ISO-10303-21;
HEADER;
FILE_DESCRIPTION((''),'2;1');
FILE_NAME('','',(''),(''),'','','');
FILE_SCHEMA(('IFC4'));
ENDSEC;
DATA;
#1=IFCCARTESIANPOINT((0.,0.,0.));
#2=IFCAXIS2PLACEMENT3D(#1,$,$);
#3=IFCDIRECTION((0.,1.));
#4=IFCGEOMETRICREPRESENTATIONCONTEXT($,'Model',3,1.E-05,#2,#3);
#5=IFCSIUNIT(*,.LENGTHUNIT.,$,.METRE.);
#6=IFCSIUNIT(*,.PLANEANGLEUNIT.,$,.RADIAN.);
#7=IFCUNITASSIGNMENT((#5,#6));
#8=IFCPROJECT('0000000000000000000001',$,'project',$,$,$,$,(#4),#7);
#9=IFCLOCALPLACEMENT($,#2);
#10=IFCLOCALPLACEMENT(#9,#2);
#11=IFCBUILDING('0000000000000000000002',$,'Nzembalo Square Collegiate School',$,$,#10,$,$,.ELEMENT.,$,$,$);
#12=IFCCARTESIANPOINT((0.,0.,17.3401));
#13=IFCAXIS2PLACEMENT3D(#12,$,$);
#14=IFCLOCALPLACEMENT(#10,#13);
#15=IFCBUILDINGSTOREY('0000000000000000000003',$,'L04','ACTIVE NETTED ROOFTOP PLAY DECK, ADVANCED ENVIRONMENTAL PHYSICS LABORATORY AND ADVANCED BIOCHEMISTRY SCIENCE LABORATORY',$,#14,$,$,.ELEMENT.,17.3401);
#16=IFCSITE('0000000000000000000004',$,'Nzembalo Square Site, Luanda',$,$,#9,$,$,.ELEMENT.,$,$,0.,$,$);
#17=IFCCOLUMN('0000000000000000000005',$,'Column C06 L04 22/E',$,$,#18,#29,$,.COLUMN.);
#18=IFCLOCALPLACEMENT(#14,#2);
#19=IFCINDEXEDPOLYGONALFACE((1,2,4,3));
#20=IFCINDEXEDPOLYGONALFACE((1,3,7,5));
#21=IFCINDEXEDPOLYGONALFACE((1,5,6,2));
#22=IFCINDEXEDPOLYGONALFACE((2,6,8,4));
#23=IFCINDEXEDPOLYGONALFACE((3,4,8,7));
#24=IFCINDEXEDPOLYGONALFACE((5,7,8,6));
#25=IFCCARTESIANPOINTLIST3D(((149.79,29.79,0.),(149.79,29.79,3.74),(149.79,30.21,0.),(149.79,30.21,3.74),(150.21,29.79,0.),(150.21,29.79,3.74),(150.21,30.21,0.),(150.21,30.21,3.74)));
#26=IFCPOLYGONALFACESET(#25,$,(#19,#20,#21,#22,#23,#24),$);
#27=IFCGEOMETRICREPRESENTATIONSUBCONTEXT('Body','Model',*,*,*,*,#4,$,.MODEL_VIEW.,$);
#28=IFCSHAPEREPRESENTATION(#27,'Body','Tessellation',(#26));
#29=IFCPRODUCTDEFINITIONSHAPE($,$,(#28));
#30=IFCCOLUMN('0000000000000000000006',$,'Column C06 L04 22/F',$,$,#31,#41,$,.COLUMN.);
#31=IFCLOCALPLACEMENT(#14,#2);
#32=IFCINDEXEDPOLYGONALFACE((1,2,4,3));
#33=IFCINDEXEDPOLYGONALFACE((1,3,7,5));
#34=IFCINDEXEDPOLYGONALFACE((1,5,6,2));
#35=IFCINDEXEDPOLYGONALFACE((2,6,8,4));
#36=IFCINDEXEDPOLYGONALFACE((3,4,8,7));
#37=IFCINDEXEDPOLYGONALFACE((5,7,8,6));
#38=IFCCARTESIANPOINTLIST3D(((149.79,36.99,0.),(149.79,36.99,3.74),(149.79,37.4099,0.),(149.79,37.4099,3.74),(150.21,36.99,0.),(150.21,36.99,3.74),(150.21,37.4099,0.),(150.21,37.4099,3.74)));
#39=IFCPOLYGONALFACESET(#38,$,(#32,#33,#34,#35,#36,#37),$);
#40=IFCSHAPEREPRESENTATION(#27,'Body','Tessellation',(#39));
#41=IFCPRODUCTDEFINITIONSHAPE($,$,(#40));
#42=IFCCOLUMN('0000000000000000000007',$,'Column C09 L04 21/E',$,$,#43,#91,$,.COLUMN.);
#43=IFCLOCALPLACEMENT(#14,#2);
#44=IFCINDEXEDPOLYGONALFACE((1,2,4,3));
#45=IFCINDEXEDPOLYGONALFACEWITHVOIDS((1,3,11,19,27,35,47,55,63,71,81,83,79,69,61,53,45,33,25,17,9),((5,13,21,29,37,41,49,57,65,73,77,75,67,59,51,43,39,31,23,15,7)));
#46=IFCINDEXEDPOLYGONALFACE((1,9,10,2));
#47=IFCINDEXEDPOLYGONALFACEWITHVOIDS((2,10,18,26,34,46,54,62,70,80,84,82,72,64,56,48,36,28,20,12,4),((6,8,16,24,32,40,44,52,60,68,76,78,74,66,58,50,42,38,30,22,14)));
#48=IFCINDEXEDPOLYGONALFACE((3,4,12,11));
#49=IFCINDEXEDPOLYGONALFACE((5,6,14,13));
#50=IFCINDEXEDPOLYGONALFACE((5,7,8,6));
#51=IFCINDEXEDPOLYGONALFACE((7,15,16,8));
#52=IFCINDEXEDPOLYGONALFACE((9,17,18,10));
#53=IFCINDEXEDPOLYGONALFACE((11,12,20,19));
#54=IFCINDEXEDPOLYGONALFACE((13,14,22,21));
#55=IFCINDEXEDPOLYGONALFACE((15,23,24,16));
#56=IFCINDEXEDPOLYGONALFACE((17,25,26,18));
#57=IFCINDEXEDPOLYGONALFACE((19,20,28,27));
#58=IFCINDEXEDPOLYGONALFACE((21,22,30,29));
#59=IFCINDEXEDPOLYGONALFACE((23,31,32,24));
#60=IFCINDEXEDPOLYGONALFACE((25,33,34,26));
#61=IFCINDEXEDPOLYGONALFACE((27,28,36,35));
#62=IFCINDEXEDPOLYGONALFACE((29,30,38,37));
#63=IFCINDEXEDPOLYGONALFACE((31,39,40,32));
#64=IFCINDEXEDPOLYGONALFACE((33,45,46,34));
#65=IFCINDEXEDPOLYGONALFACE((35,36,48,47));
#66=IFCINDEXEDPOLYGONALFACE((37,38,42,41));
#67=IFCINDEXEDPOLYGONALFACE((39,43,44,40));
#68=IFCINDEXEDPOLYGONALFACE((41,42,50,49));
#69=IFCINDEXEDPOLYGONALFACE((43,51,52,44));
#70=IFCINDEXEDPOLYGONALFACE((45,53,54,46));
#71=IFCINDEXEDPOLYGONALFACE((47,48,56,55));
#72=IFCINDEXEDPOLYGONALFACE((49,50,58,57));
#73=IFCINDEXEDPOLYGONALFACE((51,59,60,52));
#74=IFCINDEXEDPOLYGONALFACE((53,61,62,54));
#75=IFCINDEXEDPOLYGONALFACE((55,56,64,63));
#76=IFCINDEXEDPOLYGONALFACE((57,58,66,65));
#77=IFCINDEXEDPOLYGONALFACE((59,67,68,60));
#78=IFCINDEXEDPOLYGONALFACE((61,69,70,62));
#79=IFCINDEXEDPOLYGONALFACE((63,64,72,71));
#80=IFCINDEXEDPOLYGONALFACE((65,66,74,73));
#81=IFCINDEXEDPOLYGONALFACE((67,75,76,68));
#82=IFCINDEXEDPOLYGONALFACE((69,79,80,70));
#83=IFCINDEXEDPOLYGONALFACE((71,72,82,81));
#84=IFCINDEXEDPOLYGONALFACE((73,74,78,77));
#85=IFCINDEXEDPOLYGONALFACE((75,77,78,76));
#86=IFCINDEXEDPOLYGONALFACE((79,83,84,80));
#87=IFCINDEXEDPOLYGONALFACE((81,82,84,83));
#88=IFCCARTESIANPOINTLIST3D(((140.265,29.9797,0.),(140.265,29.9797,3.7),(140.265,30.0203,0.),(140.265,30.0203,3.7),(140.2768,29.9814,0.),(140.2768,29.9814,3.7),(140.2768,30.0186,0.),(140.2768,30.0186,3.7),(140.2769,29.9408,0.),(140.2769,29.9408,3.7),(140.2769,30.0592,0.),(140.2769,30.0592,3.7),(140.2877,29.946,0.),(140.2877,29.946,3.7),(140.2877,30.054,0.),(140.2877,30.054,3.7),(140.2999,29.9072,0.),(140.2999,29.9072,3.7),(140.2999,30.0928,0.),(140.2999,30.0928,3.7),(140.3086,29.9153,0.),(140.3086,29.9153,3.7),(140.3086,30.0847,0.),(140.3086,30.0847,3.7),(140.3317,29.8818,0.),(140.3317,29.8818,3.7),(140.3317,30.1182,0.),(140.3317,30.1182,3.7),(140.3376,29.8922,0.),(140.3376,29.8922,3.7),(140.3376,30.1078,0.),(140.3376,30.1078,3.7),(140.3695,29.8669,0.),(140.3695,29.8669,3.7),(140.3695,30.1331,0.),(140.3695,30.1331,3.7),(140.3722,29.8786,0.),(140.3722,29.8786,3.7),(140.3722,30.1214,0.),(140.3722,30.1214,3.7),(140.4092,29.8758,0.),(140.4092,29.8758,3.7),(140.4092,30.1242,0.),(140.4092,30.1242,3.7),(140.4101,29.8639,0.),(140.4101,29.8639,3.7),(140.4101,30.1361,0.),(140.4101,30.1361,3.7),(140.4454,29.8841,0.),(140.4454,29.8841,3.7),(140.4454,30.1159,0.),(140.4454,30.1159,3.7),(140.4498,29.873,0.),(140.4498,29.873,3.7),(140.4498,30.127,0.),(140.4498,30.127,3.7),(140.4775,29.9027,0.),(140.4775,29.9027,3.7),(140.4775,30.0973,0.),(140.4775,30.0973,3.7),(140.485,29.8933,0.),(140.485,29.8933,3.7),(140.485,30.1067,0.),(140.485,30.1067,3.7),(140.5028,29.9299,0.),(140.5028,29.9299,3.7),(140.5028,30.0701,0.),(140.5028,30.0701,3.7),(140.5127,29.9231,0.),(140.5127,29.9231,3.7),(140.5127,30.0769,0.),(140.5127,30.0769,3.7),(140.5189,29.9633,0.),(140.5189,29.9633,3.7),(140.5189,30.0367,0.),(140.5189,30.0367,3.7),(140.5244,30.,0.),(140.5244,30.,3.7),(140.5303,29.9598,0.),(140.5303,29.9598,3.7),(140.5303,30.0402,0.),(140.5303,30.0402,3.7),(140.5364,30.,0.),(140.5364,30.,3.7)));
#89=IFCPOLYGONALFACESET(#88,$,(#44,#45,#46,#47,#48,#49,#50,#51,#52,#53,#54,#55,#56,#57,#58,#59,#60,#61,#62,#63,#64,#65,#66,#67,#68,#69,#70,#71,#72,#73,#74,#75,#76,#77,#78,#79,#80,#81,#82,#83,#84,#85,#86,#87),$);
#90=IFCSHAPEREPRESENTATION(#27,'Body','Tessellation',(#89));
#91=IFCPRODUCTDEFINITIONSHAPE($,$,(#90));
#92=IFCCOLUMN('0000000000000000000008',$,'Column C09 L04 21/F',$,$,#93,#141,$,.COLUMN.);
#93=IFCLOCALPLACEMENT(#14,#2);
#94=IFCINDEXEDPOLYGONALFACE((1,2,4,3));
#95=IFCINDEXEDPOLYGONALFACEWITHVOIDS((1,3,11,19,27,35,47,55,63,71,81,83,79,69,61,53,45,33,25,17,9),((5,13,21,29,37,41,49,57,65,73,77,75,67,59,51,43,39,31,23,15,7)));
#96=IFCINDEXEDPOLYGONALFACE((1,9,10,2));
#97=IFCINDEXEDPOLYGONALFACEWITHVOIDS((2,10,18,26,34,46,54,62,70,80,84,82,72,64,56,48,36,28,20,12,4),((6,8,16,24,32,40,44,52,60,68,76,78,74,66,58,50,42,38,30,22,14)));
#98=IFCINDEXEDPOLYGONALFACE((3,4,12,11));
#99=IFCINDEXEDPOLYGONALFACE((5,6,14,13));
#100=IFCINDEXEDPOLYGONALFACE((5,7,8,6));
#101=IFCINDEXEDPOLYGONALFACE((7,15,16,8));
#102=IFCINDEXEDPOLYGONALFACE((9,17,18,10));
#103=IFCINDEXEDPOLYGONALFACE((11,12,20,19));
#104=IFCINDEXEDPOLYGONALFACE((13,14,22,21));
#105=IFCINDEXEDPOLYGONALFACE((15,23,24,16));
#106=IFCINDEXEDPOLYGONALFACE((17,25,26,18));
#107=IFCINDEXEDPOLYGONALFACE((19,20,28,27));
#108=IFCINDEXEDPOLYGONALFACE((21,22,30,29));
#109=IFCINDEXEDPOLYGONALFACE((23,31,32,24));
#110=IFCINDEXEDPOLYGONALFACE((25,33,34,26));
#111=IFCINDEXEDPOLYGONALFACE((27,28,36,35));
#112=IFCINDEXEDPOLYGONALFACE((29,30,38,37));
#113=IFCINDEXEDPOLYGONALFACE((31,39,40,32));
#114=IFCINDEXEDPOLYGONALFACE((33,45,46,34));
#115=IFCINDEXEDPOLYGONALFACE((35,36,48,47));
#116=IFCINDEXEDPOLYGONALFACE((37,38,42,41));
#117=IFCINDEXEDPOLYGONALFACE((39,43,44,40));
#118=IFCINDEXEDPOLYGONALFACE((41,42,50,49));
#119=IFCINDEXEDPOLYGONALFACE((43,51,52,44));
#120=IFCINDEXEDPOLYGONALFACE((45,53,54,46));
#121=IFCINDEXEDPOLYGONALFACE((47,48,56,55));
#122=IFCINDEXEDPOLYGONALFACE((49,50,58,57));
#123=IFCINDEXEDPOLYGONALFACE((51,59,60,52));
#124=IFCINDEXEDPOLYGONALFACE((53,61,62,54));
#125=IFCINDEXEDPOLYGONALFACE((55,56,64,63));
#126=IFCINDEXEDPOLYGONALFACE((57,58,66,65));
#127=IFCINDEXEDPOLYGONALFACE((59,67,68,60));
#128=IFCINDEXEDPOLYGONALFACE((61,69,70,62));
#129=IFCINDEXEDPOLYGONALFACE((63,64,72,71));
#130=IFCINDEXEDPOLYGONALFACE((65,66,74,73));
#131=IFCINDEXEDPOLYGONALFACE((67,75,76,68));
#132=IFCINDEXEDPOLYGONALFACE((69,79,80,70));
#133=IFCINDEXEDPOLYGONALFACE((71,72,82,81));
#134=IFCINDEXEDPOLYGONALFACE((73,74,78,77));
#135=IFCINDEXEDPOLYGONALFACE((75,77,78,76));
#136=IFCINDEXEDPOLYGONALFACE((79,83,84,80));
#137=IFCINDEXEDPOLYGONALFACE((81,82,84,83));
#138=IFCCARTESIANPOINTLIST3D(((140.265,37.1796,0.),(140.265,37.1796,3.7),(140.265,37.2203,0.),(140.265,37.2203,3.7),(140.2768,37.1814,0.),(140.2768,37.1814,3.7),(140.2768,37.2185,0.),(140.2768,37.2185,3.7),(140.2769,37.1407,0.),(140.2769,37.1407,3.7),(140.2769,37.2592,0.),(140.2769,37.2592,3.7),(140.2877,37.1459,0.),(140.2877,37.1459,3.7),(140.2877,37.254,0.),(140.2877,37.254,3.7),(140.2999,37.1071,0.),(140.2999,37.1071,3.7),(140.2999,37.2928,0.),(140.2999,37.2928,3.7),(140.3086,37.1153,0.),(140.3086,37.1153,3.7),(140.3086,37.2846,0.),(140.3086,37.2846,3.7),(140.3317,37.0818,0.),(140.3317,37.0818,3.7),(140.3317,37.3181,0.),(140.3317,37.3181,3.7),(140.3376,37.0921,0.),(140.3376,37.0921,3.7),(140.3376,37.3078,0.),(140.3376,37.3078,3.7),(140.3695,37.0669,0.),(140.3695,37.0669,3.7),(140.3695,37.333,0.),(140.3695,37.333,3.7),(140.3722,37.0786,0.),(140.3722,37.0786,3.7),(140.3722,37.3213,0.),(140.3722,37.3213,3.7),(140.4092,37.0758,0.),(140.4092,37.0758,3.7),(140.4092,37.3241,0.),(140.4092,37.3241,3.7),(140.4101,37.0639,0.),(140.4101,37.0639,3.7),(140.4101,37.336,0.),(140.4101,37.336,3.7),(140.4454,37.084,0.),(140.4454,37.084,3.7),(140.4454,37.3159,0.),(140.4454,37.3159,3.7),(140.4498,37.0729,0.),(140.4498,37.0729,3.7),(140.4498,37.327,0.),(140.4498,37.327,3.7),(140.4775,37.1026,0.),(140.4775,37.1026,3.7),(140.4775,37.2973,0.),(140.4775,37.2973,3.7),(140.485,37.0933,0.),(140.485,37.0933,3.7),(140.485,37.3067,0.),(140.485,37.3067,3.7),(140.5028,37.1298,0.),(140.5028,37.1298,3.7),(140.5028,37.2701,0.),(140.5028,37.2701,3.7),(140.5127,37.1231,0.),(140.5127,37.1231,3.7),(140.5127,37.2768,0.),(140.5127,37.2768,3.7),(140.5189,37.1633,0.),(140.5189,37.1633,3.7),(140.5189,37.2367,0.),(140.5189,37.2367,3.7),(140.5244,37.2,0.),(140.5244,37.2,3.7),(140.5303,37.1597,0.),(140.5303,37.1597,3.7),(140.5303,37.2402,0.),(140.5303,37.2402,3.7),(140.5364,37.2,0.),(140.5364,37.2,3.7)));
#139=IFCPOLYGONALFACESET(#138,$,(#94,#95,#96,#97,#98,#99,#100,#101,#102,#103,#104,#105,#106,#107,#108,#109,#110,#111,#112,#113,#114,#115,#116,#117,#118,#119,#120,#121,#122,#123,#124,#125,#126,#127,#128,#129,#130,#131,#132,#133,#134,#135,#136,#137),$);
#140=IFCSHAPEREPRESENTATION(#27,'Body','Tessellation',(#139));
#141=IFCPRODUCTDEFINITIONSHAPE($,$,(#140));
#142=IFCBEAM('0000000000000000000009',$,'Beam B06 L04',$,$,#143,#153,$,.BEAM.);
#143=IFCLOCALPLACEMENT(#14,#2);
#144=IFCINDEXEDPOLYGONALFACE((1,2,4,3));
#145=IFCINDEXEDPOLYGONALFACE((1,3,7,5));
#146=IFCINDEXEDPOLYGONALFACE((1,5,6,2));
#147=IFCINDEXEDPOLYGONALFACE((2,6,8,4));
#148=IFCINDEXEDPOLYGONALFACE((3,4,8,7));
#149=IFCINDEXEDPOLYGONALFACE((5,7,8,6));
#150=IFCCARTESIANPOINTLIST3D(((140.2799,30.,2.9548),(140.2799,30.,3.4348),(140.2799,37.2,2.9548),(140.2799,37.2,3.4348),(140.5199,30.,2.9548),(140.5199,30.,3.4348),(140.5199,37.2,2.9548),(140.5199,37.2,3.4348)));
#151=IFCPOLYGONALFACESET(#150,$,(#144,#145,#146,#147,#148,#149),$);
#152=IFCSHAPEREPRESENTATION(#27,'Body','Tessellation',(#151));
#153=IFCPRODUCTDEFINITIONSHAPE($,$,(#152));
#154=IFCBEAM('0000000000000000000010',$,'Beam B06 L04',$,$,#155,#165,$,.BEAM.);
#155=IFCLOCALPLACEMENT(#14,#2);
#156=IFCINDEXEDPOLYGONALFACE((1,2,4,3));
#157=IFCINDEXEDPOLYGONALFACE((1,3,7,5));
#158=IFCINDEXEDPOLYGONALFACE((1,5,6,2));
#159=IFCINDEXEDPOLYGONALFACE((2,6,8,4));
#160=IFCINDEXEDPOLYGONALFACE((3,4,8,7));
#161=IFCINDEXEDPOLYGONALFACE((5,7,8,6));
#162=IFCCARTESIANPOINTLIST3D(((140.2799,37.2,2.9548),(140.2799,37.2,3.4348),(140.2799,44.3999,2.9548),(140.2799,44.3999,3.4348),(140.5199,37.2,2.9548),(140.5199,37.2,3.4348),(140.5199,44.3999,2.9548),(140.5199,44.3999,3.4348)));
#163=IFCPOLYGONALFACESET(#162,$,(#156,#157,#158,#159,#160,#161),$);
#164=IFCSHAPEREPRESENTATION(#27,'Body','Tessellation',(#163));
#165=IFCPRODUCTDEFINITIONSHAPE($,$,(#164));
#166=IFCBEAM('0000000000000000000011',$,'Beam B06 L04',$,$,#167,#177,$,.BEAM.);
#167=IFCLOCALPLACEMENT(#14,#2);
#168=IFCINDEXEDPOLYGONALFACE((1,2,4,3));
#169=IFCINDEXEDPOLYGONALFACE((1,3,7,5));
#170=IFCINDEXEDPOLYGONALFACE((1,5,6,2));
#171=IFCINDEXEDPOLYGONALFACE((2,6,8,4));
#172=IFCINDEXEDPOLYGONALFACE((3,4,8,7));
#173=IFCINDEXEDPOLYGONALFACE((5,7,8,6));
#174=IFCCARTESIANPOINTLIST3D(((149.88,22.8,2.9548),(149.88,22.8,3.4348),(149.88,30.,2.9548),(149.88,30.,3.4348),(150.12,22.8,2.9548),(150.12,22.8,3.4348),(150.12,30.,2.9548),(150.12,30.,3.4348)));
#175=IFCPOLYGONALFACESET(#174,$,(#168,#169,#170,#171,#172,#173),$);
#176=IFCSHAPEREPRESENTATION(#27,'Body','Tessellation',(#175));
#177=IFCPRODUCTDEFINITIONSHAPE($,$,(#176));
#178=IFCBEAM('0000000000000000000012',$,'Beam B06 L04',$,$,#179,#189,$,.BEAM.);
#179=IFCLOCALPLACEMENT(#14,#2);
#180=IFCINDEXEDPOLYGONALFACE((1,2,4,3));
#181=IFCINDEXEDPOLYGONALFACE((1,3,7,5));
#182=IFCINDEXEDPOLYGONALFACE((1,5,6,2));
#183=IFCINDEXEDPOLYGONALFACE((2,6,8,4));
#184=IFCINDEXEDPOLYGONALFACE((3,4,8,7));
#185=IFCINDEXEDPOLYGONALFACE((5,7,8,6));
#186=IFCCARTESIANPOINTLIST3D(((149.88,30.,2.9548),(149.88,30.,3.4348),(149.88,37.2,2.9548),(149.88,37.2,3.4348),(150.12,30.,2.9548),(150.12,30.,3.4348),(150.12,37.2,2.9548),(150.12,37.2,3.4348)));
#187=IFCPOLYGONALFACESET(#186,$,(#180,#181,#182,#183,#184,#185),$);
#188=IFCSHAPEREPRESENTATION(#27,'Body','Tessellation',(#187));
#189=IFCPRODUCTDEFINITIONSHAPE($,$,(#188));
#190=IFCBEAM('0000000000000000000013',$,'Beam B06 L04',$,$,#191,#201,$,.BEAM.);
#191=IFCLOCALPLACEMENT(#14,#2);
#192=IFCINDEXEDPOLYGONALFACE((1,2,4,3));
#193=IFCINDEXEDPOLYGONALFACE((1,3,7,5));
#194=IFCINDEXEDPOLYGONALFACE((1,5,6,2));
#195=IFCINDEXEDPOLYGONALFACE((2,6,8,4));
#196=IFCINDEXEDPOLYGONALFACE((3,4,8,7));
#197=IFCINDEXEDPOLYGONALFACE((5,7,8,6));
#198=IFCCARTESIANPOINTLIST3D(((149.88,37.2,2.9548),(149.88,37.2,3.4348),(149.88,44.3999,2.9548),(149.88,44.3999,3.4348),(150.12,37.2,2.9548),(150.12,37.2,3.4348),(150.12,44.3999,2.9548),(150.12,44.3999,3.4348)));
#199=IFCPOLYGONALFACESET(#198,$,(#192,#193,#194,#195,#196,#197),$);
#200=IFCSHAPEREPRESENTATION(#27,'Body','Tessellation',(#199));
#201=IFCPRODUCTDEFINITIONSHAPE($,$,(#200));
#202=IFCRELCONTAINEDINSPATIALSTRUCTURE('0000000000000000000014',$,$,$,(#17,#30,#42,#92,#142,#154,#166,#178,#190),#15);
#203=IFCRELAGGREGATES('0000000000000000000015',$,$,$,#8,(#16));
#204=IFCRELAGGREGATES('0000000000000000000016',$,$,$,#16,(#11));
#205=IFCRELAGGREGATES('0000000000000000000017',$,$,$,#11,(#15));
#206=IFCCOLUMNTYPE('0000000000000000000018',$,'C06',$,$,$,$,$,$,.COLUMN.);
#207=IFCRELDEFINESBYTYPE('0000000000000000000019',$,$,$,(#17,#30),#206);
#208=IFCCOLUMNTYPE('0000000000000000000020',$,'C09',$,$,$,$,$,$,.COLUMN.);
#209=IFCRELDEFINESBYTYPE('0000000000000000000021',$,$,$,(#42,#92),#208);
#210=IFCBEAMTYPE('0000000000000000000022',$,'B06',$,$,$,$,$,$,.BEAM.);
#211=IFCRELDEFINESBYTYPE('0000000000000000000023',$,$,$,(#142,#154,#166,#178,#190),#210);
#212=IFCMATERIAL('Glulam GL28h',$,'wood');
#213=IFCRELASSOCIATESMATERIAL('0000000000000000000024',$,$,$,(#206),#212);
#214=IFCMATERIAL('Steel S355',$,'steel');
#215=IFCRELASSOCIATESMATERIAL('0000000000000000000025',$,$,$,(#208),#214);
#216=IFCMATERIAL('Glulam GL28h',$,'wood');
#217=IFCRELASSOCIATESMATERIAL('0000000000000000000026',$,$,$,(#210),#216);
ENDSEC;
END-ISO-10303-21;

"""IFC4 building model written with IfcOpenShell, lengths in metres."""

from ifc_helpers import new_model, si_unit, direction, frame, origin, origin_2d, place, context, subcontext, project, spatial, rectangle, hollow_circle, extrude, material, material_profile, profile_set, type_object, element, save


model = new_model("IFC4")

# Units and contexts
model_context = context("Model", 3, precision=1e-05, world=origin(), true_north=direction((0.0, 1.0)))
body_context = subcontext(model_context, "Body", "Model", "MODEL_VIEW")
ifc_project = project(units=[si_unit("LENGTHUNIT", "METRE"), si_unit("PLANEANGLEUNIT", "RADIAN")], contexts=[model_context])

# Site, building, storey
site_placement = place(None, origin())
site = spatial("IfcSite", under=ifc_project, at=site_placement, Name="Nzembalo Square Site, Luanda", CompositionType="ELEMENT", RefElevation=0.0)
building_placement = place(site_placement, origin())
building = spatial("IfcBuilding", under=site, at=building_placement, Name="Nzembalo Square Collegiate School", CompositionType="ELEMENT")
storey_placement = place(building_placement, frame((0.0, 0.0, 17.3401)))
storey = spatial("IfcBuildingStorey", under=building, at=storey_placement, Name="L04", Description="ACTIVE NETTED ROOFTOP PLAY DECK, ADVANCED ENVIRONMENTAL PHYSICS LABORATORY AND ADVANCED BIOCHEMISTRY SCIENCE LABORATORY", CompositionType="ELEMENT", Elevation=17.3401)

# Columns
ifc_material_1 = material(Name="Glulam GL28h", Category="wood")
ifc_material_profile_1 = material_profile(ifc_material_1, rectangle(XDim=0.4199, YDim=0.4199, at=origin_2d()), Name="GL28h 420x420")
ifc_profile_set_1 = profile_set([ifc_material_profile_1], Name="Glulam GL28h")
column_type_1 = type_object("IfcColumnType", Name="C06", PredefinedType="COLUMN", material=ifc_profile_set_1)
for number, where, z_axis, x_axis, name in (
    (1, (150.0, 30.0, 0.0), (0.0, 0.0, 1.0), (1.0, 0.0, 0.0), "Column C06 L04 22/E"),
    (2, (150.0, 37.2, 0.0), (0.0, 0.0, 1.0), (1.0, 0.0, 0.0), "Column C06 L04 22/F"),
):
    element("IfcColumn", number, at=place(storey_placement, frame(where, z_axis=z_axis, x_axis=x_axis)), inside=storey, type_object=column_type_1, Name=name, PredefinedType="COLUMN", context=body_context, shape_type="SweptSolid", body=[
        extrude(rectangle(XDim=0.4199, YDim=0.4199, at=origin_2d()), origin(), (0.0, 0.0, 1.0), 3.74),
    ])
ifc_material_2 = material(Name="Steel S355", Category="steel")
ifc_material_profile_2 = material_profile(ifc_material_2, hollow_circle(Radius=0.1365, WallThickness=0.012, at=origin_2d()), Name="CHS 273x12")
ifc_profile_set_2 = profile_set([ifc_material_profile_2], Name="Steel S355")
column_type_2 = type_object("IfcColumnType", Name="C09", PredefinedType="COLUMN", material=ifc_profile_set_2)
for number, where, z_axis, x_axis, name in (
    (3, (140.3999, 30.0, 0.0), (0.0, 0.0, 1.0), (1.0, 0.0, 0.0), "Column C09 L04 21/E"),
    (4, (140.3999, 37.2, 0.0), (0.0, 0.0, 1.0), (1.0, 0.0, 0.0), "Column C09 L04 21/F"),
):
    element("IfcColumn", number, at=place(storey_placement, frame(where, z_axis=z_axis, x_axis=x_axis)), inside=storey, type_object=column_type_2, Name=name, PredefinedType="COLUMN", context=body_context, shape_type="SweptSolid", body=[
        extrude(hollow_circle(Radius=0.1365, WallThickness=0.012, at=origin_2d()), origin(), (0.0, 0.0, 1.0), 3.7),
    ])

# Beams
ifc_material_3 = material(Name="Glulam GL28h", Category="wood")
ifc_material_profile_3 = material_profile(ifc_material_3, rectangle(XDim=0.24, YDim=0.48, at=origin_2d()), Name="GL28h 240x480")
ifc_profile_set_3 = profile_set([ifc_material_profile_3], Name="Glulam GL28h")
beam_type_1 = type_object("IfcBeamType", Name="B06", PredefinedType="BEAM", material=ifc_profile_set_3)
for number, where, z_axis, x_axis, name in (
    (5, (140.3999, 30.0, 3.1948), (0.0, 1.0, 0.0), (-1.0, 0.0, 0.0), "Beam B06 L04"),
    (6, (140.3999, 37.2, 3.1948), (0.0, 1.0, 0.0), (-1.0, 0.0, 0.0), "Beam B06 L04"),
    (7, (150.0, 22.8, 3.1948), (0.0, 1.0, 0.0), (-1.0, 0.0, 0.0), "Beam B06 L04"),
    (8, (150.0, 30.0, 3.1948), (0.0, 1.0, 0.0), (-1.0, 0.0, 0.0), "Beam B06 L04"),
    (9, (150.0, 37.2, 3.1948), (0.0, 1.0, 0.0), (-1.0, 0.0, 0.0), "Beam B06 L04"),
):
    element("IfcBeam", number, at=place(storey_placement, frame(where, z_axis=z_axis, x_axis=x_axis)), inside=storey, type_object=beam_type_1, Name=name, PredefinedType="BEAM", context=body_context, shape_type="SweptSolid", body=[
        extrude(rectangle(XDim=0.24, YDim=0.48, at=origin_2d()), origin(), (0.0, 0.0, 1.0), 7.2),
    ])

save(model, "model.ifc")
